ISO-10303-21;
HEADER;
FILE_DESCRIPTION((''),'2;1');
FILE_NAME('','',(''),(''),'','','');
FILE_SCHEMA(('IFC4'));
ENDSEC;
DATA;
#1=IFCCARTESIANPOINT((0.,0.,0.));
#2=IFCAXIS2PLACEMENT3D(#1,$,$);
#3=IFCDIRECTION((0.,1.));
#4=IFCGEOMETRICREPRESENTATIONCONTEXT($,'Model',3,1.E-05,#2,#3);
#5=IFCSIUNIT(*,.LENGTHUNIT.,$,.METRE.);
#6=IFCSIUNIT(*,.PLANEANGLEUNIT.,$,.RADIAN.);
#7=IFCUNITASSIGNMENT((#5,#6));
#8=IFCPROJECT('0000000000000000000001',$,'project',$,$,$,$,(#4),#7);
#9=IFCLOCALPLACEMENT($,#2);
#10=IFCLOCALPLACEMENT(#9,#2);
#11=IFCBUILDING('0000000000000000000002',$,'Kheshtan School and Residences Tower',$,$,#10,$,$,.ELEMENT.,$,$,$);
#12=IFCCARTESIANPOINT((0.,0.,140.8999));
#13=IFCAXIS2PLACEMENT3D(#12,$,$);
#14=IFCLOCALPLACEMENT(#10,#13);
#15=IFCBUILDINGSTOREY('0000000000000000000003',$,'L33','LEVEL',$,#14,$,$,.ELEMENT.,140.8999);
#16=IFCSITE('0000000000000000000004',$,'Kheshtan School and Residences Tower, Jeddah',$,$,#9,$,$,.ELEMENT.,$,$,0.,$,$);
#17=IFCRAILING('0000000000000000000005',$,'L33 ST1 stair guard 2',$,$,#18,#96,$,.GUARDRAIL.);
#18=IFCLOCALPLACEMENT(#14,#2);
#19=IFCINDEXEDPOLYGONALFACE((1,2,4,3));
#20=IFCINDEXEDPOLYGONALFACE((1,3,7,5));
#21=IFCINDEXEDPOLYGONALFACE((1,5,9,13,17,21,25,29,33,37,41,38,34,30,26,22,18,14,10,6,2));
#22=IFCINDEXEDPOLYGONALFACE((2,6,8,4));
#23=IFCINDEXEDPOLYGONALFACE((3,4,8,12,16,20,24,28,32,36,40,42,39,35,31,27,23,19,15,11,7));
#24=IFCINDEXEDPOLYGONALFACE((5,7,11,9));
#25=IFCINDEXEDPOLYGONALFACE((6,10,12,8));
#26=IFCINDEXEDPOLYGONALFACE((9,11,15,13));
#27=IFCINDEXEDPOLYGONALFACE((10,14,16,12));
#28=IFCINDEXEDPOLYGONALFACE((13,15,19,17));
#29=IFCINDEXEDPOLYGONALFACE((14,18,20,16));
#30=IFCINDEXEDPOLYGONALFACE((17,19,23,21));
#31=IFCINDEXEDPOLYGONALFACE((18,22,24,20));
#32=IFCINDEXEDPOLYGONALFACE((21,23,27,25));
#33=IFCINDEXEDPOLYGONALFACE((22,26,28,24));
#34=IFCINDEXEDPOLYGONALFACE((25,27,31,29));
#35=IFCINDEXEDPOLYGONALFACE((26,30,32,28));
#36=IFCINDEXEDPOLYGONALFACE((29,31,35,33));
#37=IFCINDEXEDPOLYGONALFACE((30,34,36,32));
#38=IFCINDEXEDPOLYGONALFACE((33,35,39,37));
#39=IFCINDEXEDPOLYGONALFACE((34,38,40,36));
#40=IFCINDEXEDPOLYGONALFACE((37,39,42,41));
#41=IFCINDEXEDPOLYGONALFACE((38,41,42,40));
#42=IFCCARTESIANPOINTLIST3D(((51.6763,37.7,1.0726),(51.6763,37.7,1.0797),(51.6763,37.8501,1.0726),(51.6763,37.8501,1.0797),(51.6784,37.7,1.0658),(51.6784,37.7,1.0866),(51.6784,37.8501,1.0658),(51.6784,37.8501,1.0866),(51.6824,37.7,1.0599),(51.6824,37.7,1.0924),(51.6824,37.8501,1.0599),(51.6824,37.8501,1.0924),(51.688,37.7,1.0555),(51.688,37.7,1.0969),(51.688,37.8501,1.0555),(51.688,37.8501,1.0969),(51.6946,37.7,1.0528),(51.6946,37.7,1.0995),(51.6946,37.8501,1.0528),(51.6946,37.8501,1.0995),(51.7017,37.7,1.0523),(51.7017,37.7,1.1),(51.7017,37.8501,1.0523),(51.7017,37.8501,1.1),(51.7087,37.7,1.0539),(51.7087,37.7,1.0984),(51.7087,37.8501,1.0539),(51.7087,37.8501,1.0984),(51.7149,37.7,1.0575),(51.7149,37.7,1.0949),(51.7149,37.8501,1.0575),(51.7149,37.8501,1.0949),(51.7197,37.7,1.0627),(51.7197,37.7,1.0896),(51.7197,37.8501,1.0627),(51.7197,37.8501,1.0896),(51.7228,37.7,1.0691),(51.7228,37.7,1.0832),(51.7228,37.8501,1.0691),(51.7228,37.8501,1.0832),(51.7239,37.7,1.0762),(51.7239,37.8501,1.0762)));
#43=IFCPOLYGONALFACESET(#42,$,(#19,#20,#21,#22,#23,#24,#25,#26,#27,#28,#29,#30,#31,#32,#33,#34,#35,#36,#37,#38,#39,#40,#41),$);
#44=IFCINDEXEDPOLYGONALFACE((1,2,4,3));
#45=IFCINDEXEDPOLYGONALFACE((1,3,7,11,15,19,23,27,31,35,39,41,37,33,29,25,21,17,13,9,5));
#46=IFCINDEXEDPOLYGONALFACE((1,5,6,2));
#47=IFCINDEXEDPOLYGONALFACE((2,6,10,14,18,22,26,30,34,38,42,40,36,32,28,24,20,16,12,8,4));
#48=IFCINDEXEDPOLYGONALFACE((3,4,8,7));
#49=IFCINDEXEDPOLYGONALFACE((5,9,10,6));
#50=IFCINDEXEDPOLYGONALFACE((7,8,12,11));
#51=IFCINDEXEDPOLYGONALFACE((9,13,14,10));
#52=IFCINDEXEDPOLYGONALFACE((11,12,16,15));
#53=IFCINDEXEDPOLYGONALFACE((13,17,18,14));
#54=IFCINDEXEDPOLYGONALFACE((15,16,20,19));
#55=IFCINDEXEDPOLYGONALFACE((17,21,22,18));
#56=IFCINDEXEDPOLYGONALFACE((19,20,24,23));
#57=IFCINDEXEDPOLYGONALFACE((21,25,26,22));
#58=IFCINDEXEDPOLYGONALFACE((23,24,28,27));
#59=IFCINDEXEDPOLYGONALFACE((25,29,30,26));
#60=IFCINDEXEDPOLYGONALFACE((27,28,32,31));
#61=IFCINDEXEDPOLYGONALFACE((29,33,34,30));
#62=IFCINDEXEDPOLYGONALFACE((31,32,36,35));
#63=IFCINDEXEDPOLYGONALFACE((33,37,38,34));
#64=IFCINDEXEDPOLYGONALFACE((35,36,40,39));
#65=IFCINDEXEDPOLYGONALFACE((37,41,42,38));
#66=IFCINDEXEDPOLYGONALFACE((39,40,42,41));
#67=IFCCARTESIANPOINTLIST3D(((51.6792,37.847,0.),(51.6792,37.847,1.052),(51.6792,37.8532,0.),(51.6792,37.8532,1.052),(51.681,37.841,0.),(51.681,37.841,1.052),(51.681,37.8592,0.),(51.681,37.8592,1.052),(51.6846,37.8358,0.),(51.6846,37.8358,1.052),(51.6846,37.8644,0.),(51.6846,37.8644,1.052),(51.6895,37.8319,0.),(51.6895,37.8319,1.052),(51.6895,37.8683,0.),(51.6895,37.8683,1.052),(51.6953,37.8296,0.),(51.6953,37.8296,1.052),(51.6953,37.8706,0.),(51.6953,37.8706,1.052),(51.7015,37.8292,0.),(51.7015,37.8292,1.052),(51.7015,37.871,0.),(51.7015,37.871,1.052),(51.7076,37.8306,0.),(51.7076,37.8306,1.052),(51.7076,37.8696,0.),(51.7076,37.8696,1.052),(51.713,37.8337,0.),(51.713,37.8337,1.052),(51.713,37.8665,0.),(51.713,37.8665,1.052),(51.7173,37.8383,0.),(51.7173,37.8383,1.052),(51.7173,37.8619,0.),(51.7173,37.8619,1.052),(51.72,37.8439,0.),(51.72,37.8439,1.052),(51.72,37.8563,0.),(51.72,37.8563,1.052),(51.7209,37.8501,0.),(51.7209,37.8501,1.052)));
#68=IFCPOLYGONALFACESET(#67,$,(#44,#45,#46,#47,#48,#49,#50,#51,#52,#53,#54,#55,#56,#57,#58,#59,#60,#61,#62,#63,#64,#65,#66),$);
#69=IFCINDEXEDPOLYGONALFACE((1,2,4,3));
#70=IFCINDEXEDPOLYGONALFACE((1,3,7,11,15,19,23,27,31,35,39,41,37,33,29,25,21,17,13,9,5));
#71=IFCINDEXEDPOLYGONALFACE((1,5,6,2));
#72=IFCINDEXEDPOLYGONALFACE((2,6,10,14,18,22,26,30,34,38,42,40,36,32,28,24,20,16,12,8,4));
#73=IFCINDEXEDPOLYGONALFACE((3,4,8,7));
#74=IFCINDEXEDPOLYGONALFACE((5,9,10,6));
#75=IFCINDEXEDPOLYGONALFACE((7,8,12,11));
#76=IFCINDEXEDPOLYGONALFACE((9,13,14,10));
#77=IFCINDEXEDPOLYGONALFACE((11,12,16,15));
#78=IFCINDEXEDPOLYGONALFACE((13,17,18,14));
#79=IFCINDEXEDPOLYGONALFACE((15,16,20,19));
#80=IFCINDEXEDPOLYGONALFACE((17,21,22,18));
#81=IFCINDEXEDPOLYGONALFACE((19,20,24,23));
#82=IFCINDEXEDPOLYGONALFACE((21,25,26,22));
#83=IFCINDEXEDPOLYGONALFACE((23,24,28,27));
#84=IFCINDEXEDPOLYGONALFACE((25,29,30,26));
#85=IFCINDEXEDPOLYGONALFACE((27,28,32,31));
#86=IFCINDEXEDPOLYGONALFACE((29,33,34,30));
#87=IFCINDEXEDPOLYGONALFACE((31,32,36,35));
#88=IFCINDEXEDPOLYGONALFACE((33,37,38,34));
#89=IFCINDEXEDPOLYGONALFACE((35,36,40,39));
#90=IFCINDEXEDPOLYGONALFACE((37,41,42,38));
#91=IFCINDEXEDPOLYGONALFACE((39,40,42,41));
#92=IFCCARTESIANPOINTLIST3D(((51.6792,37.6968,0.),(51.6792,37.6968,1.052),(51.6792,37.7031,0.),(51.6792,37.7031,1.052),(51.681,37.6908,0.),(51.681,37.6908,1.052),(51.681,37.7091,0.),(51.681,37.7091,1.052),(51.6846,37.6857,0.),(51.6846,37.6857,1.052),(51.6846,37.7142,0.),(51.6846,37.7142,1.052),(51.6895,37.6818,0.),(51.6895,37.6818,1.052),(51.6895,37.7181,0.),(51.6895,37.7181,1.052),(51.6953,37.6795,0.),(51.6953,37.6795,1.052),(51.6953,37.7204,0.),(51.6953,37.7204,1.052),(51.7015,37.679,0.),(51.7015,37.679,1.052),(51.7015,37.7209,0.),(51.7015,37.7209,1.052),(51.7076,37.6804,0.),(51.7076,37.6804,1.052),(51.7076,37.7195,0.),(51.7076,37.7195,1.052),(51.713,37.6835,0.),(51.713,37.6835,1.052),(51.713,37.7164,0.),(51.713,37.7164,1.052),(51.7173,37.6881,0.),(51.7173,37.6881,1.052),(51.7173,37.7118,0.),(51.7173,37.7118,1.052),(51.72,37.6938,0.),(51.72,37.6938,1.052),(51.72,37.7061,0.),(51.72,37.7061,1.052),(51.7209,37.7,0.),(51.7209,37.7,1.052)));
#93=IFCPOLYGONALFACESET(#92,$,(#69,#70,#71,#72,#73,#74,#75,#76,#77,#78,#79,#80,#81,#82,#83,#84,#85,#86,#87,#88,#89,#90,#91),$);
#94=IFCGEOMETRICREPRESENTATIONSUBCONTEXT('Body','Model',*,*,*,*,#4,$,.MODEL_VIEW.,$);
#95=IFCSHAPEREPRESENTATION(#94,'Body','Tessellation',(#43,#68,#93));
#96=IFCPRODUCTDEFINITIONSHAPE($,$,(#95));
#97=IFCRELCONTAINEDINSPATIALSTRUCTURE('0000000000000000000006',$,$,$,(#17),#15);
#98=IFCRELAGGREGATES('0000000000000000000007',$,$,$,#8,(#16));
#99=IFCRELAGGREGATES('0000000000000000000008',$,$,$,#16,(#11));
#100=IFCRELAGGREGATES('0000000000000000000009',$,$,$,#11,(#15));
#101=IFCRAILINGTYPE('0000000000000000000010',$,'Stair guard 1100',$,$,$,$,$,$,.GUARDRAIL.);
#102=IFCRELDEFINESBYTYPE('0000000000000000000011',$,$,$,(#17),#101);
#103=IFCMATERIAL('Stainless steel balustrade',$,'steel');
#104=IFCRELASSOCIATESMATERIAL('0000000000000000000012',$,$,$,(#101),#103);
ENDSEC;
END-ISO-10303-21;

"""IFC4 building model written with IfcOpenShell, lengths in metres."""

from ifc_helpers import new_model, si_unit, direction, frame, origin, origin_2d, place, context, subcontext, project, spatial, circle, extrude, material, type_object, element, save


model = new_model("IFC4")

# Units and contexts
model_context = context("Model", 3, precision=1e-05, world=origin(), true_north=direction((0.0, 1.0)))
body_context = subcontext(model_context, "Body", "Model", "MODEL_VIEW")
ifc_project = project(units=[si_unit("LENGTHUNIT", "METRE"), si_unit("PLANEANGLEUNIT", "RADIAN")], contexts=[model_context])

# Site, building, storey
site_placement = place(None, origin())
site = spatial("IfcSite", under=ifc_project, at=site_placement, Name="Kheshtan School and Residences Tower, Jeddah", CompositionType="ELEMENT", RefElevation=0.0)
building_placement = place(site_placement, origin())
building = spatial("IfcBuilding", under=site, at=building_placement, Name="Kheshtan School and Residences Tower", CompositionType="ELEMENT")
storey_placement = place(building_placement, frame((0.0, 0.0, 140.8999)))
storey = spatial("IfcBuildingStorey", under=building, at=storey_placement, Name="L33", Description="LEVEL", CompositionType="ELEMENT", Elevation=140.8999)

# Railing
ifc_material_1 = material(Name="Stainless steel balustrade", Category="steel")
railing_type_1 = type_object("IfcRailingType", Name="Stair guard 1100", PredefinedType="GUARDRAIL", material=ifc_material_1)
railing_1_placement = place(storey_placement, frame((51.7, 37.8501, 0.0)))
element("IfcRailing", 1, at=railing_1_placement, inside=storey, type_object=railing_type_1, Name="L33 ST1 stair guard 2", PredefinedType="GUARDRAIL", context=body_context, shape_type="SweptSolid", body=[
    extrude(circle(Radius=0.0239, at=origin_2d()), frame((0.0, 0.0, 1.0762), z_axis=(0.0, -1.0, 0.0), x_axis=(1.0, 0.0, 0.0)), (0.0, 0.0, 1.0), 0.1501),
    extrude(circle(Radius=0.021, at=origin_2d()), origin(), (0.0, 0.0, 1.0), 1.052),
    extrude(circle(Radius=0.021, at=origin_2d()), frame((0.0, -0.1501, 0.0)), (0.0, 0.0, 1.0), 1.052),
])

save(model, "model.ifc")
